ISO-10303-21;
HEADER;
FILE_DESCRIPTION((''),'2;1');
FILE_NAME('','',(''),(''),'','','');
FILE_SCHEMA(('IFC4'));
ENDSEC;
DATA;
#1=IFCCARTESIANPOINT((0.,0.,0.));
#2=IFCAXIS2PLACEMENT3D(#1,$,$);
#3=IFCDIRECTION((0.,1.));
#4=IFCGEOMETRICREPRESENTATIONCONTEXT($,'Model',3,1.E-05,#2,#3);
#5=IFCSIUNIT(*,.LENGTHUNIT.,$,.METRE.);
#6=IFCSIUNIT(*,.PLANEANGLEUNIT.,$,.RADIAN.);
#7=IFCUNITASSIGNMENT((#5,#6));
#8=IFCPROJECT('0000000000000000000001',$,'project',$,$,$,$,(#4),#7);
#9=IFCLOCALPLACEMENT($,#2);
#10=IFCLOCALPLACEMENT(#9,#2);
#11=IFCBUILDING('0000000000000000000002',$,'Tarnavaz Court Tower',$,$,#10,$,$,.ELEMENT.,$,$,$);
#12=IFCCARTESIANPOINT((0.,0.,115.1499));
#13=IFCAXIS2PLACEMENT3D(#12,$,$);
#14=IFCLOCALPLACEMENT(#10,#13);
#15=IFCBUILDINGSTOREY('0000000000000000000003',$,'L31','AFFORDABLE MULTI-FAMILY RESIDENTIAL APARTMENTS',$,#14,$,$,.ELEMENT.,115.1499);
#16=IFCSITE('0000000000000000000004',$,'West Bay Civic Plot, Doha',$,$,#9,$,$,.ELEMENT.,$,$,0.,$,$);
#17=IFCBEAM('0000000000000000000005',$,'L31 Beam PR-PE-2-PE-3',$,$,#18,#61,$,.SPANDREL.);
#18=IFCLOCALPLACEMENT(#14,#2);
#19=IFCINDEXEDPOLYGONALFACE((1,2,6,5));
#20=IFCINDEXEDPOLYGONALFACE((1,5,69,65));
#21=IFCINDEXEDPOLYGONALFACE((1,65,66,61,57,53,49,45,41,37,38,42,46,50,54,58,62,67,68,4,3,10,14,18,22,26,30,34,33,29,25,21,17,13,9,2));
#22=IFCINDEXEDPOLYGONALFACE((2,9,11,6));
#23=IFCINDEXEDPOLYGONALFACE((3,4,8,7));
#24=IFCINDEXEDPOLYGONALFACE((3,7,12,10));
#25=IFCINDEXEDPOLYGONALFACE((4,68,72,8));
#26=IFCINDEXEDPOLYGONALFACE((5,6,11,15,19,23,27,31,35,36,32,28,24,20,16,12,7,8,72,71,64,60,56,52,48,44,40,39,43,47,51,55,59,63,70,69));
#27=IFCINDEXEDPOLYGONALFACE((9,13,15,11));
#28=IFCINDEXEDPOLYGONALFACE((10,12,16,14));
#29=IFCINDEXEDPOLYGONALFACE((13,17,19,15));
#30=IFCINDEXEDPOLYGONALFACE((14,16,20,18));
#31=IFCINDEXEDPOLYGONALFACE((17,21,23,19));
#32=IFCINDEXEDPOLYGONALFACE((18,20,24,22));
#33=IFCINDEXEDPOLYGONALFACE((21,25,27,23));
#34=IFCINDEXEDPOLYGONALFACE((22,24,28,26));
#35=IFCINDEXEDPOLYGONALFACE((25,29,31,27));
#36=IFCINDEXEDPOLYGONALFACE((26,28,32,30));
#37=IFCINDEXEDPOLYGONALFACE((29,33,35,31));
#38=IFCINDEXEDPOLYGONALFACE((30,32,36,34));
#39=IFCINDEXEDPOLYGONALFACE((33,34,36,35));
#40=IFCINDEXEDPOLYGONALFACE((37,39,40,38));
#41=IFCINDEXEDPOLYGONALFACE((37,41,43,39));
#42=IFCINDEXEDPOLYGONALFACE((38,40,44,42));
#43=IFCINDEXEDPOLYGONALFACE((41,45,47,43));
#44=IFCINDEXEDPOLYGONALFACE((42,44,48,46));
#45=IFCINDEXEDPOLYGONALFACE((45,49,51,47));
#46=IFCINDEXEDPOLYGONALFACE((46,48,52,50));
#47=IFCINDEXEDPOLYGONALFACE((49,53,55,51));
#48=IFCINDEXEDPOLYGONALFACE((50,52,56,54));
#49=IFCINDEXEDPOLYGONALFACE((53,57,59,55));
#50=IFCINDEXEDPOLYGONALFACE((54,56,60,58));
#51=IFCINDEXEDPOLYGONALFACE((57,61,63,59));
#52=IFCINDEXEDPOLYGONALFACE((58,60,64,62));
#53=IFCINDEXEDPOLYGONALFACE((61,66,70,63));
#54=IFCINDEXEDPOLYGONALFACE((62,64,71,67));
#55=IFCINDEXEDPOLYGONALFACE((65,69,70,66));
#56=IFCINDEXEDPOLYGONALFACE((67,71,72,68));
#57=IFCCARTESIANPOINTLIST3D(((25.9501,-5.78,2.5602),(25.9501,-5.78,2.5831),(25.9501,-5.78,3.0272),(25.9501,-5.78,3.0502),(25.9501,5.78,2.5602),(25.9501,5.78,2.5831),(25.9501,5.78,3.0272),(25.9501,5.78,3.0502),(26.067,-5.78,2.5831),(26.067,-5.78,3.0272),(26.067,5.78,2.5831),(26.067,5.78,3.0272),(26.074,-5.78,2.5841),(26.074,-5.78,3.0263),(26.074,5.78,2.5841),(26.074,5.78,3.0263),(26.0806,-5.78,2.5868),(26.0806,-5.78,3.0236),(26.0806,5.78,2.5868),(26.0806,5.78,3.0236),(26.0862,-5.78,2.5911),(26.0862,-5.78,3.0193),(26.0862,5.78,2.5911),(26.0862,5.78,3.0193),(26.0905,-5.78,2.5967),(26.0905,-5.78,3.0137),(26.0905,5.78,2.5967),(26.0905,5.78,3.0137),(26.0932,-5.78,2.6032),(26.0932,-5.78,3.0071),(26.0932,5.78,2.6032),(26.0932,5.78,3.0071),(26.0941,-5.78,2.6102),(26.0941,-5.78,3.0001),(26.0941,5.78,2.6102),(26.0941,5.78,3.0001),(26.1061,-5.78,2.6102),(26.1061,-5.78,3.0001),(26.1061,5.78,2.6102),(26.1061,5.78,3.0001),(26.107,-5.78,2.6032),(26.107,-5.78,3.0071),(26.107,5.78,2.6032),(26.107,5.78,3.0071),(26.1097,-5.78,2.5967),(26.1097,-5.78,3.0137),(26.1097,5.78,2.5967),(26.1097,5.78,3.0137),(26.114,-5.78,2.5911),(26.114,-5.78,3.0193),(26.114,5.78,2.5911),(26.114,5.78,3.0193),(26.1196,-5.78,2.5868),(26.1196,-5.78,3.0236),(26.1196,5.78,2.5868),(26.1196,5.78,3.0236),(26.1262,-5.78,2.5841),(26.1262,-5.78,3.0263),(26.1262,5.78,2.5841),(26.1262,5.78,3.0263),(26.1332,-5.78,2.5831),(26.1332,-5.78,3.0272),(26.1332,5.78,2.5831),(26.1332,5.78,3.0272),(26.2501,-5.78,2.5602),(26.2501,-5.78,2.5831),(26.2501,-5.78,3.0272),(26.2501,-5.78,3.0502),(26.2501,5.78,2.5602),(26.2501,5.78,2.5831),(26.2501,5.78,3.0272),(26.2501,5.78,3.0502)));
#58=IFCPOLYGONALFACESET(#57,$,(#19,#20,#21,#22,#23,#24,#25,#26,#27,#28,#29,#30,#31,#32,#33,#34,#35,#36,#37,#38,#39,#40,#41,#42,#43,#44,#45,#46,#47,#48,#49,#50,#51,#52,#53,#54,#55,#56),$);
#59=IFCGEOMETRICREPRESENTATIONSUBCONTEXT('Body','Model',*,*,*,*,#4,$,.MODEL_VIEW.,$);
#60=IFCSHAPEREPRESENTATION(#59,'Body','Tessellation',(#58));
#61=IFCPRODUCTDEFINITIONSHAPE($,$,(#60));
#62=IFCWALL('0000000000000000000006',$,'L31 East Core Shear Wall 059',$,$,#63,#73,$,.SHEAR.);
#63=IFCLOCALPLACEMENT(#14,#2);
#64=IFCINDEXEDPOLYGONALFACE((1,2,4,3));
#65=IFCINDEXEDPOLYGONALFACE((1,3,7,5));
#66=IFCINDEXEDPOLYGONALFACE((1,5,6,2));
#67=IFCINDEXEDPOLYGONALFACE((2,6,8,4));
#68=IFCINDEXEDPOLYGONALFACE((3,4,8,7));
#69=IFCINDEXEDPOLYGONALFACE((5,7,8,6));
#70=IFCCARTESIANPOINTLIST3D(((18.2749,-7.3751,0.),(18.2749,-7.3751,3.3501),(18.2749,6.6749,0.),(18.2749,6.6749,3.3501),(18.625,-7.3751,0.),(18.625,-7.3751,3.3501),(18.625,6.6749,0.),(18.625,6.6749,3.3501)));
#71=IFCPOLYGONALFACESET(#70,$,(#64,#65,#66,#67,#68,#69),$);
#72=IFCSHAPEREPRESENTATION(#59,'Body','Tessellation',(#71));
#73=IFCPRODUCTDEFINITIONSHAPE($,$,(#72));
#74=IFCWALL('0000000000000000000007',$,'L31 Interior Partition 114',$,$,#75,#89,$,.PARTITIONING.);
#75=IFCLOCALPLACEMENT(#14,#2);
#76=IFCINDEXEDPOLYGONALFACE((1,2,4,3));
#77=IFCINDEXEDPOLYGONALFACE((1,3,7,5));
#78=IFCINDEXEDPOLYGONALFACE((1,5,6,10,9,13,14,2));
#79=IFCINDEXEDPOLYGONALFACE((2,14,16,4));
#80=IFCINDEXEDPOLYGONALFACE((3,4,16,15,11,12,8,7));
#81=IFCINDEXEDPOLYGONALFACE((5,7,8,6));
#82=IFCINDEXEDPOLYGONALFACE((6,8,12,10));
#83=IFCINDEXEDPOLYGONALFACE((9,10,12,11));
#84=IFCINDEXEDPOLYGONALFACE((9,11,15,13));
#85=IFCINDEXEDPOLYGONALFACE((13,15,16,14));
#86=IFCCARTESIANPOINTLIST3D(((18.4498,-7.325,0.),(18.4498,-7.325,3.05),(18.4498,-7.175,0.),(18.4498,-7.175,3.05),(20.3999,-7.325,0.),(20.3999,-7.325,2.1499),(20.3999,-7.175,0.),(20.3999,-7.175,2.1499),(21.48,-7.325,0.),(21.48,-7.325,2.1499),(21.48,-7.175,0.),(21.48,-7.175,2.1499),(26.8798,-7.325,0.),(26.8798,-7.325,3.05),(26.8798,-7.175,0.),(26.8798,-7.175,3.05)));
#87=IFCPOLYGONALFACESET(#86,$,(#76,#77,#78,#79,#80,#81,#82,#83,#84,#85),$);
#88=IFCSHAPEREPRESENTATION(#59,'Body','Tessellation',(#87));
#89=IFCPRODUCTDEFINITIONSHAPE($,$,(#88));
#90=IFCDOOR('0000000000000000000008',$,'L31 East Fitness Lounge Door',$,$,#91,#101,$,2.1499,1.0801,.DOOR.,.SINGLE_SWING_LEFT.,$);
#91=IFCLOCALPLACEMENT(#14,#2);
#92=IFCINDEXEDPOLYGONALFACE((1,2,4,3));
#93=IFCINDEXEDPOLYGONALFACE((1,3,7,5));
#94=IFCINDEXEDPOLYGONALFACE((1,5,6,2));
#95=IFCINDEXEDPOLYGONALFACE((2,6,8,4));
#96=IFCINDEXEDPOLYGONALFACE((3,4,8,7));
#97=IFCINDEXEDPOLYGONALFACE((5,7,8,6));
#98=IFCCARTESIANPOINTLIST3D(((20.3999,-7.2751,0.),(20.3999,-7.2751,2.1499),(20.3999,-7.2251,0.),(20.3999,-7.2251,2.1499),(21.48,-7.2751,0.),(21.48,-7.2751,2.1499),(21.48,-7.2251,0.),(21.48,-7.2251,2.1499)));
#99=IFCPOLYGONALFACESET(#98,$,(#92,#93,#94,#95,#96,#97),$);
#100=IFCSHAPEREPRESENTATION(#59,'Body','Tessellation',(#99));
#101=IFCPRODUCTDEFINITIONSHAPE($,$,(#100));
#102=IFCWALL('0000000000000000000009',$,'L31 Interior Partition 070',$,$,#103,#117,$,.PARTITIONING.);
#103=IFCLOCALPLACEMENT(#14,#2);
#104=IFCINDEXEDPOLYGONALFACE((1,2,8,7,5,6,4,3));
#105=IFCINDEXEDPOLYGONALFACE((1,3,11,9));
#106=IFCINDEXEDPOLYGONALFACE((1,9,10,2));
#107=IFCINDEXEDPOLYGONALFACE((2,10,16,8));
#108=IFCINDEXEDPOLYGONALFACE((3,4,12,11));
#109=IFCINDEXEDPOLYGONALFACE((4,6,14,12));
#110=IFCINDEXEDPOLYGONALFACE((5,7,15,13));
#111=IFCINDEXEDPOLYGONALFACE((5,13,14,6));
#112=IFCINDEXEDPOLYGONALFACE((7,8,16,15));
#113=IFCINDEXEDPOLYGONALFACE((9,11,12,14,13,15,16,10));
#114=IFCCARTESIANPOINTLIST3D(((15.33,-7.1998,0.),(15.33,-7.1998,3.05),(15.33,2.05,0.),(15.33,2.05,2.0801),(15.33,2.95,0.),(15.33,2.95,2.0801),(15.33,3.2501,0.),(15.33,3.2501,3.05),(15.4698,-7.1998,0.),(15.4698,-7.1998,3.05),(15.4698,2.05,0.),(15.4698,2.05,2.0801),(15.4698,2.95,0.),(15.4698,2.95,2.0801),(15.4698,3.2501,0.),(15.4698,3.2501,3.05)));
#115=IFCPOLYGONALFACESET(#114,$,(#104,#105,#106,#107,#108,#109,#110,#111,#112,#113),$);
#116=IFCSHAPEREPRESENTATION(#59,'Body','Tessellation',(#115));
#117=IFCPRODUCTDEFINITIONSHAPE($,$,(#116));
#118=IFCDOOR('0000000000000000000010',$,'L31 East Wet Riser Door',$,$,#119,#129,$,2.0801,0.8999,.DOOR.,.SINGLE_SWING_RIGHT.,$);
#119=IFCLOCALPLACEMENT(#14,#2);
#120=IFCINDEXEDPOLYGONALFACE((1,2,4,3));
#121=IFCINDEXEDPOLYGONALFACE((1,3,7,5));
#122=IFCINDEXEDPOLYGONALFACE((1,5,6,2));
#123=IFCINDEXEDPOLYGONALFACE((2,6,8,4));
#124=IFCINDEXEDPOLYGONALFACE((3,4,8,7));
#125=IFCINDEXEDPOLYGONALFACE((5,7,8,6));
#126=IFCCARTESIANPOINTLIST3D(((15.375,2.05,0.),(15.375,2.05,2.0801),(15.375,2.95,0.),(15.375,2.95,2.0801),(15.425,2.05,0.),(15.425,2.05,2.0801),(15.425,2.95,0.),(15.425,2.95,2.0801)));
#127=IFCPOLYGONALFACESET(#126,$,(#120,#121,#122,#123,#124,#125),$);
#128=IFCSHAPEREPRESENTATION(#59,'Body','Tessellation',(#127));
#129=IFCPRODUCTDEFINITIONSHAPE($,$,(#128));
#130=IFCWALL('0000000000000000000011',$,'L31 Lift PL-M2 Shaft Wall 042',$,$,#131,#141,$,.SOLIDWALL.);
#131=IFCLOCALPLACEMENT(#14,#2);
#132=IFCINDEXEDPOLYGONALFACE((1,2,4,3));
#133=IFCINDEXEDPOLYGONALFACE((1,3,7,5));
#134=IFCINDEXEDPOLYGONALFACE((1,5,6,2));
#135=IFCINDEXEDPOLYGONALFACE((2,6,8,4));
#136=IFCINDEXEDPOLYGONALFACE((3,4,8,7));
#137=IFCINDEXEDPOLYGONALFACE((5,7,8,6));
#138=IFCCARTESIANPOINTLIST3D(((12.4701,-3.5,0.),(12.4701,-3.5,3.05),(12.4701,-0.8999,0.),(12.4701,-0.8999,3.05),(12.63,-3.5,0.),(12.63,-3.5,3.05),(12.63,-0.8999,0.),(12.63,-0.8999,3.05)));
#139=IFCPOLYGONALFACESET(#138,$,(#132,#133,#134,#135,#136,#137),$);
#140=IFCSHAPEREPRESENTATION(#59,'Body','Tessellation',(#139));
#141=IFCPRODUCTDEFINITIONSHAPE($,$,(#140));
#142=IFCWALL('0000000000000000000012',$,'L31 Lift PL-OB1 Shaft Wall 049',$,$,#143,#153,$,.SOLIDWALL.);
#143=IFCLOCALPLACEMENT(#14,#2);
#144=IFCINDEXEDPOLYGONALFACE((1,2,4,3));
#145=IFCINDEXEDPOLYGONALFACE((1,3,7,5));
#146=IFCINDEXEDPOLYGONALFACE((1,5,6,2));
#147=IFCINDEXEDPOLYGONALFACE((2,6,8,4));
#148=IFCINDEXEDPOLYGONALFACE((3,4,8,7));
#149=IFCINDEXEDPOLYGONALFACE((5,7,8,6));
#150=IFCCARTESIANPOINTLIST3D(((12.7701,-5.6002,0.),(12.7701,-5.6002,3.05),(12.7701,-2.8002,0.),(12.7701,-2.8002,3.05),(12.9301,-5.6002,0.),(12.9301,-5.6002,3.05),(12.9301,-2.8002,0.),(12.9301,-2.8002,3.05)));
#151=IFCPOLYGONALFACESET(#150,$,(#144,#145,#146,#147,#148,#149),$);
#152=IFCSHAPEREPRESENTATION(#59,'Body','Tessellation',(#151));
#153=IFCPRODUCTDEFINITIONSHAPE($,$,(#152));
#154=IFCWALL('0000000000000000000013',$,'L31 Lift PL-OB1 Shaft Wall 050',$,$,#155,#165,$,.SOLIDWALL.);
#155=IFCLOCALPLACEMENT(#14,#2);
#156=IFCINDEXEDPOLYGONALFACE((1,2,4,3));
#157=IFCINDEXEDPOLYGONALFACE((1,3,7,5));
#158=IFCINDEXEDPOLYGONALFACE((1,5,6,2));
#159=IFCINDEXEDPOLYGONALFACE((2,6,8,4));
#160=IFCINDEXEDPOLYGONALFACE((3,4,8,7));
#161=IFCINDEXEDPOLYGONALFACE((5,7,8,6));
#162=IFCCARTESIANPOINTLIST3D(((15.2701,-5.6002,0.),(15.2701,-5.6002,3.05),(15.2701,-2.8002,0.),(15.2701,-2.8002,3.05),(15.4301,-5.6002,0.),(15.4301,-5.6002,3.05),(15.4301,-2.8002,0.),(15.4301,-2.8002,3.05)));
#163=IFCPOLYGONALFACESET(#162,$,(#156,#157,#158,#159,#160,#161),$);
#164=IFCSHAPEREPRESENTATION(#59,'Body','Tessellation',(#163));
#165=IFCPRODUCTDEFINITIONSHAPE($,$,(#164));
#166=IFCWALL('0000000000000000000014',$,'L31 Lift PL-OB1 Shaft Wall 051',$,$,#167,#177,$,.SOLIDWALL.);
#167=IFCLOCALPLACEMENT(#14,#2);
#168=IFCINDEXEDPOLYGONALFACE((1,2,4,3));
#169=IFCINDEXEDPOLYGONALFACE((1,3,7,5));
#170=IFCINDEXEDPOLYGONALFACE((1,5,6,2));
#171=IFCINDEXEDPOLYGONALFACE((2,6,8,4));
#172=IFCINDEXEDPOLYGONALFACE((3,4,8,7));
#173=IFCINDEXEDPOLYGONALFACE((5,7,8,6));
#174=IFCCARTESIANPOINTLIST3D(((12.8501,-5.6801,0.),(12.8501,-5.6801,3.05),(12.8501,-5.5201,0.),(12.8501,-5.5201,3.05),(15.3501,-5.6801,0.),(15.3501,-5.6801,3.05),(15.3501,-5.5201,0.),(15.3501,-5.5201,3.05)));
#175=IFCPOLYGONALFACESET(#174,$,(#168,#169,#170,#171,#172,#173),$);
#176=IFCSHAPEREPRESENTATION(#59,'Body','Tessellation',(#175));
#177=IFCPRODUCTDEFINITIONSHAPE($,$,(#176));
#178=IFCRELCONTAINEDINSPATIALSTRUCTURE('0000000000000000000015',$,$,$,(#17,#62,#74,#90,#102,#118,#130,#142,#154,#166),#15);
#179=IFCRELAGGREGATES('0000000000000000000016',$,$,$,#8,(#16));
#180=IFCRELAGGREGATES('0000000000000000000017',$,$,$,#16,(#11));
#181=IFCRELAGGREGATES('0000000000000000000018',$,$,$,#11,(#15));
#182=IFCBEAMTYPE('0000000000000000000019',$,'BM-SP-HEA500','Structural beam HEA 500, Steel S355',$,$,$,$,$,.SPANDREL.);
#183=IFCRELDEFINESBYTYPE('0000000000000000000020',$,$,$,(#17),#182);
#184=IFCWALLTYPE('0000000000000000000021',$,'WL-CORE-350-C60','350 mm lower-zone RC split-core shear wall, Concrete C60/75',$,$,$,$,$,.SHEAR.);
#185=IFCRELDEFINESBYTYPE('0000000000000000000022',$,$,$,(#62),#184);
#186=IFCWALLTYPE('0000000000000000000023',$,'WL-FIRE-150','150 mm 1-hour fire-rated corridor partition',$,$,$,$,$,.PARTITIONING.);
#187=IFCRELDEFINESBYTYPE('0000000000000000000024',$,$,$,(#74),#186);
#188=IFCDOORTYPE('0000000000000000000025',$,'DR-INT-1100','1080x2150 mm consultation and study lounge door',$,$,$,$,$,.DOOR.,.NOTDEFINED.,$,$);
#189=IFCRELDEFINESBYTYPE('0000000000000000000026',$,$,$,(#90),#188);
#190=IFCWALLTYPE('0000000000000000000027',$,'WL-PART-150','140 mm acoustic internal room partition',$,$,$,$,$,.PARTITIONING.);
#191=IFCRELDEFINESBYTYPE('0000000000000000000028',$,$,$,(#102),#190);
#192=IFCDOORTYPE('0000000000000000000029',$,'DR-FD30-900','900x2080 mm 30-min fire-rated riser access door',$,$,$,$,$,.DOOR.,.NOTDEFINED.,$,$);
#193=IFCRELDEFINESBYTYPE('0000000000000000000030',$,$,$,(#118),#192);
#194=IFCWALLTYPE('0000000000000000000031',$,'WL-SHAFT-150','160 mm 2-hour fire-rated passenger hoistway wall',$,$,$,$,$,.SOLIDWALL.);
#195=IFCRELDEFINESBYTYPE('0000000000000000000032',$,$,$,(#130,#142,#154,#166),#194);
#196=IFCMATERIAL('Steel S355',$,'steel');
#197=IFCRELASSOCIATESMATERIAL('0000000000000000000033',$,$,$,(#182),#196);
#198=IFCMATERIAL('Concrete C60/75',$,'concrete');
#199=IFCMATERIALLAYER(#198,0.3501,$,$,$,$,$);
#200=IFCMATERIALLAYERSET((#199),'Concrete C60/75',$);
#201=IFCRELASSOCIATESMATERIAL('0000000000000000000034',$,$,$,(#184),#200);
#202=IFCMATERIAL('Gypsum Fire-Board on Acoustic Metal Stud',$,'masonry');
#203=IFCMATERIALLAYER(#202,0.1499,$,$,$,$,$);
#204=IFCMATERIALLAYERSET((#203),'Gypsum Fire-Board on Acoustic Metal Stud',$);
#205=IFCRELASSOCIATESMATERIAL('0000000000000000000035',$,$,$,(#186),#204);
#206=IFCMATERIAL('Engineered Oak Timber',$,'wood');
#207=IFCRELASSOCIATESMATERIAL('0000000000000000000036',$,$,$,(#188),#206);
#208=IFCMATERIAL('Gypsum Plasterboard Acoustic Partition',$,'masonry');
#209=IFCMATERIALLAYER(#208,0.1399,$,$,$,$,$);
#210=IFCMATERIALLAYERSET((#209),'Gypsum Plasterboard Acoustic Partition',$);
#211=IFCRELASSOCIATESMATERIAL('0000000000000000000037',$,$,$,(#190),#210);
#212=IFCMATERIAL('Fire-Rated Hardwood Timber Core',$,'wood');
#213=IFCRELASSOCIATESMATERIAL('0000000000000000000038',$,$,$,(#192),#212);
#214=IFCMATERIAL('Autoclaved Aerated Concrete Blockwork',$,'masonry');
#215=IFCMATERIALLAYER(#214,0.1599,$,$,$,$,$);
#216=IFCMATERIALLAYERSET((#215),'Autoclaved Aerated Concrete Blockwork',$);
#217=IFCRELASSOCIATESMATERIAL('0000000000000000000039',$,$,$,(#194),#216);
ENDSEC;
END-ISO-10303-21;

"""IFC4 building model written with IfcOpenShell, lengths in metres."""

from ifc_helpers import new_model, si_unit, direction, frame, frame_2d, origin, origin_2d, place, context, subcontext, project, spatial, rectangle, i_section, extrude, material, layer, layer_set, material_profile, profile_set, type_object, element, fill, save


model = new_model("IFC4")

# Units and contexts
model_context = context("Model", 3, precision=1e-05, world=origin(), true_north=direction((0.0, 1.0)))
body_context = subcontext(model_context, "Body", "Model", "MODEL_VIEW")
ifc_project = project(units=[si_unit("LENGTHUNIT", "METRE"), si_unit("PLANEANGLEUNIT", "RADIAN")], contexts=[model_context])

# Site, building, storey
site_placement = place(None, origin())
site = spatial("IfcSite", under=ifc_project, at=site_placement, Name="West Bay Civic Plot, Doha", CompositionType="ELEMENT", RefElevation=0.0)
building_placement = place(site_placement, origin())
building = spatial("IfcBuilding", under=site, at=building_placement, Name="Tarnavaz Court Tower", CompositionType="ELEMENT")
storey_placement = place(building_placement, frame((0.0, 0.0, 115.1499)))
storey = spatial("IfcBuildingStorey", under=building, at=storey_placement, Name="L31", Description="AFFORDABLE MULTI-FAMILY RESIDENTIAL APARTMENTS", CompositionType="ELEMENT", Elevation=115.1499)

# Shared definitions
ifc_material_1 = material(Name="Concrete C60/75", Category="concrete")

# Beam
ifc_material_2 = material(Name="Steel S355", Category="steel")
ifc_material_profile_1 = material_profile(ifc_material_2, i_section(OverallWidth=0.3, OverallDepth=0.49, WebThickness=0.012, FlangeThickness=0.0229, FilletRadius=0.0271, at=origin_2d()), Name="HEA 500")
ifc_profile_set_1 = profile_set([ifc_material_profile_1], Name="Steel S355")
beam_type_1 = type_object("IfcBeamType", Name="BM-SP-HEA500", Description="Structural beam HEA 500, Steel S355", PredefinedType="SPANDREL", material=ifc_profile_set_1)
beam_1_placement = place(storey_placement, frame((26.1001, -5.78, 2.8052), z_axis=(0.0, 1.0, 0.0), x_axis=(-1.0, 0.0, 0.0)))
element("IfcBeam", 1, at=beam_1_placement, inside=storey, type_object=beam_type_1, Name="L31 Beam PR-PE-2-PE-3", PredefinedType="SPANDREL", context=body_context, shape_type="SweptSolid", body=[
    extrude(i_section(OverallWidth=0.3, OverallDepth=0.49, WebThickness=0.012, FlangeThickness=0.0229, FilletRadius=0.0271, at=origin_2d()), origin(), (0.0, 0.0, 1.0), 11.5601),
])

# Wall
ifc_layer_1 = layer(ifc_material_1, 0.3501)
ifc_layer_set_1 = layer_set([ifc_layer_1], Name="Concrete C60/75")
wall_type_1 = type_object("IfcWallType", Name="WL-CORE-350-C60", Description="350 mm lower-zone RC split-core shear wall, Concrete C60/75", PredefinedType="SHEAR", material=ifc_layer_set_1)
wall_1_placement = place(storey_placement, frame((18.45, -7.375, 0.0), z_axis=(0.0, 0.0, 1.0), x_axis=(0.0, 1.0, 0.0)))
element("IfcWall", 2, at=wall_1_placement, inside=storey, type_object=wall_type_1, Name="L31 East Core Shear Wall 059", PredefinedType="SHEAR", context=body_context, shape_type="SweptSolid", body=[
    extrude(rectangle(XDim=14.05, YDim=0.3501, at=frame_2d((7.0249, 0.0))), origin(), (0.0, 0.0, 1.0), 3.3501),
])

# Walls, openings, doors
ifc_material_3 = material(Name="Gypsum Fire-Board on Acoustic Metal Stud", Category="masonry")
ifc_layer_2 = layer(ifc_material_3, 0.1499)
ifc_layer_set_2 = layer_set([ifc_layer_2], Name="Gypsum Fire-Board on Acoustic Metal Stud")
wall_type_2 = type_object("IfcWallType", Name="WL-FIRE-150", Description="150 mm 1-hour fire-rated corridor partition", PredefinedType="PARTITIONING", material=ifc_layer_set_2)
wall_2_placement = place(storey_placement, frame((18.45, -7.25, 0.0), z_axis=(0.0, 0.0, 1.0), x_axis=(1.0, 0.0, 0.0)))
wall_2 = element("IfcWall", 3, at=wall_2_placement, inside=storey, type_object=wall_type_2, Name="L31 Interior Partition 114", PredefinedType="PARTITIONING", context=body_context, shape_type="SweptSolid", body=[
    extrude(rectangle(XDim=8.4299, YDim=0.1499, at=frame_2d((4.2148, 0.0))), origin(), (0.0, 0.0, 1.0), 3.05),
])
opening_1_placement = place(wall_2_placement, frame((1.95, 0.0, 0.0)))
opening_1 = element("IfcOpeningElement", 4, at=opening_1_placement, cuts=wall_2, PredefinedType="OPENING", context=body_context, shape_type="SweptSolid", body=[
    extrude(rectangle(XDim=1.0801, YDim=2.1499, at=frame_2d((0.54, 1.075))), frame((0.0, 0.085, 0.0), z_axis=(0.0, -1.0, 0.0), x_axis=(1.0, 0.0, 0.0)), (0.0, 0.0, 1.0), 0.1699),
])
ifc_material_4 = material(Name="Engineered Oak Timber", Category="wood")
door_type_1 = type_object("IfcDoorType", Name="DR-INT-1100", Description="1080x2150 mm consultation and study lounge door", OperationType="NOTDEFINED", PredefinedType="DOOR", material=ifc_material_4)
door_1_placement = place(opening_1_placement, origin())
door_1 = element("IfcDoor", 5, at=door_1_placement, inside=storey, type_object=door_type_1, Name="L31 East Fitness Lounge Door", OperationType="SINGLE_SWING_LEFT", OverallHeight=2.1499, OverallWidth=1.0801, PredefinedType="DOOR", context=body_context, shape_type="SweptSolid", body=[
    extrude(rectangle(XDim=1.0801, YDim=2.1499, at=frame_2d((0.54, 1.075))), frame((0.0, 0.0249, 0.0), z_axis=(0.0, -1.0, 0.0), x_axis=(1.0, 0.0, 0.0)), (0.0, 0.0, 1.0), 0.05),
])
fill(opening_1, door_1)
ifc_material_5 = material(Name="Gypsum Plasterboard Acoustic Partition", Category="masonry")
ifc_layer_3 = layer(ifc_material_5, 0.1399)
ifc_layer_set_3 = layer_set([ifc_layer_3], Name="Gypsum Plasterboard Acoustic Partition")
wall_type_3 = type_object("IfcWallType", Name="WL-PART-150", Description="140 mm acoustic internal room partition", PredefinedType="PARTITIONING", material=ifc_layer_set_3)
wall_3_placement = place(storey_placement, frame((15.3999, -7.2, 0.0), z_axis=(0.0, 0.0, 1.0), x_axis=(0.0, 1.0, 0.0)))
wall_3 = element("IfcWall", 6, at=wall_3_placement, inside=storey, type_object=wall_type_3, Name="L31 Interior Partition 070", PredefinedType="PARTITIONING", context=body_context, shape_type="SweptSolid", body=[
    extrude(rectangle(XDim=10.45, YDim=0.1399, at=frame_2d((5.2251, 0.0))), origin(), (0.0, 0.0, 1.0), 3.05),
])
opening_2_placement = place(wall_3_placement, frame((9.25, 0.0, 0.0)))
opening_2 = element("IfcOpeningElement", 7, at=opening_2_placement, cuts=wall_3, PredefinedType="OPENING", context=body_context, shape_type="SweptSolid", body=[
    extrude(rectangle(XDim=0.8999, YDim=2.0801, at=frame_2d((0.45, 1.04))), frame((0.0, 0.0798, 0.0), z_axis=(0.0, -1.0, 0.0), x_axis=(1.0, 0.0, 0.0)), (0.0, 0.0, 1.0), 0.1599),
])
ifc_material_6 = material(Name="Fire-Rated Hardwood Timber Core", Category="wood")
door_type_2 = type_object("IfcDoorType", Name="DR-FD30-900", Description="900x2080 mm 30-min fire-rated riser access door", OperationType="NOTDEFINED", PredefinedType="DOOR", material=ifc_material_6)
door_2_placement = place(opening_2_placement, origin())
door_2 = element("IfcDoor", 8, at=door_2_placement, inside=storey, type_object=door_type_2, Name="L31 East Wet Riser Door", OperationType="SINGLE_SWING_RIGHT", OverallHeight=2.0801, OverallWidth=0.8999, PredefinedType="DOOR", context=body_context, shape_type="SweptSolid", body=[
    extrude(rectangle(XDim=0.8999, YDim=2.0801, at=frame_2d((0.45, 1.04))), frame((0.0, 0.0249, 0.0), z_axis=(0.0, -1.0, 0.0), x_axis=(1.0, 0.0, 0.0)), (0.0, 0.0, 1.0), 0.05),
])
fill(opening_2, door_2)

# Walls
ifc_material_7 = material(Name="Autoclaved Aerated Concrete Blockwork", Category="masonry")
ifc_layer_4 = layer(ifc_material_7, 0.1599)
ifc_layer_set_4 = layer_set([ifc_layer_4], Name="Autoclaved Aerated Concrete Blockwork")
wall_type_4 = type_object("IfcWallType", Name="WL-SHAFT-150", Description="160 mm 2-hour fire-rated passenger hoistway wall", PredefinedType="SOLIDWALL", material=ifc_layer_set_4)
wall_4_placement = place(storey_placement, frame((12.55, -3.5, 0.0), z_axis=(0.0, 0.0, 1.0), x_axis=(0.0, 1.0, 0.0)))
element("IfcWall", 9, at=wall_4_placement, inside=storey, type_object=wall_type_4, Name="L31 Lift PL-M2 Shaft Wall 042", PredefinedType="SOLIDWALL", context=body_context, shape_type="SweptSolid", body=[
    extrude(rectangle(XDim=2.6001, YDim=0.1599, at=frame_2d((1.3, 0.0))), origin(), (0.0, 0.0, 1.0), 3.05),
])
for number, where, z_axis, x_axis, name in (
    (10, (12.8501, -5.6001, 0.0), (0.0, 0.0, 1.0), (0.0, 1.0, 0.0), "L31 Lift PL-OB1 Shaft Wall 049"),
    (11, (15.3501, -5.6001, 0.0), (0.0, 0.0, 1.0), (0.0, 1.0, 0.0), "L31 Lift PL-OB1 Shaft Wall 050"),
):
    element("IfcWall", number, at=place(storey_placement, frame(where, z_axis=z_axis, x_axis=x_axis)), inside=storey, type_object=wall_type_4, Name=name, PredefinedType="SOLIDWALL", context=body_context, shape_type="SweptSolid", body=[
        extrude(rectangle(XDim=2.8, YDim=0.1599, at=frame_2d((1.3999, 0.0))), origin(), (0.0, 0.0, 1.0), 3.05),
    ])
for number, where, z_axis, x_axis, name in (
    (12, (12.8501, -5.6001, 0.0), (0.0, 0.0, 1.0), (1.0, 0.0, 0.0), "L31 Lift PL-OB1 Shaft Wall 051"),
):
    element("IfcWall", number, at=place(storey_placement, frame(where, z_axis=z_axis, x_axis=x_axis)), inside=storey, type_object=wall_type_4, Name=name, PredefinedType="SOLIDWALL", context=body_context, shape_type="SweptSolid", body=[
        extrude(rectangle(XDim=2.5, YDim=0.1599, at=frame_2d((1.25, 0.0))), origin(), (0.0, 0.0, 1.0), 3.05),
    ])

save(model, "model.ifc")
